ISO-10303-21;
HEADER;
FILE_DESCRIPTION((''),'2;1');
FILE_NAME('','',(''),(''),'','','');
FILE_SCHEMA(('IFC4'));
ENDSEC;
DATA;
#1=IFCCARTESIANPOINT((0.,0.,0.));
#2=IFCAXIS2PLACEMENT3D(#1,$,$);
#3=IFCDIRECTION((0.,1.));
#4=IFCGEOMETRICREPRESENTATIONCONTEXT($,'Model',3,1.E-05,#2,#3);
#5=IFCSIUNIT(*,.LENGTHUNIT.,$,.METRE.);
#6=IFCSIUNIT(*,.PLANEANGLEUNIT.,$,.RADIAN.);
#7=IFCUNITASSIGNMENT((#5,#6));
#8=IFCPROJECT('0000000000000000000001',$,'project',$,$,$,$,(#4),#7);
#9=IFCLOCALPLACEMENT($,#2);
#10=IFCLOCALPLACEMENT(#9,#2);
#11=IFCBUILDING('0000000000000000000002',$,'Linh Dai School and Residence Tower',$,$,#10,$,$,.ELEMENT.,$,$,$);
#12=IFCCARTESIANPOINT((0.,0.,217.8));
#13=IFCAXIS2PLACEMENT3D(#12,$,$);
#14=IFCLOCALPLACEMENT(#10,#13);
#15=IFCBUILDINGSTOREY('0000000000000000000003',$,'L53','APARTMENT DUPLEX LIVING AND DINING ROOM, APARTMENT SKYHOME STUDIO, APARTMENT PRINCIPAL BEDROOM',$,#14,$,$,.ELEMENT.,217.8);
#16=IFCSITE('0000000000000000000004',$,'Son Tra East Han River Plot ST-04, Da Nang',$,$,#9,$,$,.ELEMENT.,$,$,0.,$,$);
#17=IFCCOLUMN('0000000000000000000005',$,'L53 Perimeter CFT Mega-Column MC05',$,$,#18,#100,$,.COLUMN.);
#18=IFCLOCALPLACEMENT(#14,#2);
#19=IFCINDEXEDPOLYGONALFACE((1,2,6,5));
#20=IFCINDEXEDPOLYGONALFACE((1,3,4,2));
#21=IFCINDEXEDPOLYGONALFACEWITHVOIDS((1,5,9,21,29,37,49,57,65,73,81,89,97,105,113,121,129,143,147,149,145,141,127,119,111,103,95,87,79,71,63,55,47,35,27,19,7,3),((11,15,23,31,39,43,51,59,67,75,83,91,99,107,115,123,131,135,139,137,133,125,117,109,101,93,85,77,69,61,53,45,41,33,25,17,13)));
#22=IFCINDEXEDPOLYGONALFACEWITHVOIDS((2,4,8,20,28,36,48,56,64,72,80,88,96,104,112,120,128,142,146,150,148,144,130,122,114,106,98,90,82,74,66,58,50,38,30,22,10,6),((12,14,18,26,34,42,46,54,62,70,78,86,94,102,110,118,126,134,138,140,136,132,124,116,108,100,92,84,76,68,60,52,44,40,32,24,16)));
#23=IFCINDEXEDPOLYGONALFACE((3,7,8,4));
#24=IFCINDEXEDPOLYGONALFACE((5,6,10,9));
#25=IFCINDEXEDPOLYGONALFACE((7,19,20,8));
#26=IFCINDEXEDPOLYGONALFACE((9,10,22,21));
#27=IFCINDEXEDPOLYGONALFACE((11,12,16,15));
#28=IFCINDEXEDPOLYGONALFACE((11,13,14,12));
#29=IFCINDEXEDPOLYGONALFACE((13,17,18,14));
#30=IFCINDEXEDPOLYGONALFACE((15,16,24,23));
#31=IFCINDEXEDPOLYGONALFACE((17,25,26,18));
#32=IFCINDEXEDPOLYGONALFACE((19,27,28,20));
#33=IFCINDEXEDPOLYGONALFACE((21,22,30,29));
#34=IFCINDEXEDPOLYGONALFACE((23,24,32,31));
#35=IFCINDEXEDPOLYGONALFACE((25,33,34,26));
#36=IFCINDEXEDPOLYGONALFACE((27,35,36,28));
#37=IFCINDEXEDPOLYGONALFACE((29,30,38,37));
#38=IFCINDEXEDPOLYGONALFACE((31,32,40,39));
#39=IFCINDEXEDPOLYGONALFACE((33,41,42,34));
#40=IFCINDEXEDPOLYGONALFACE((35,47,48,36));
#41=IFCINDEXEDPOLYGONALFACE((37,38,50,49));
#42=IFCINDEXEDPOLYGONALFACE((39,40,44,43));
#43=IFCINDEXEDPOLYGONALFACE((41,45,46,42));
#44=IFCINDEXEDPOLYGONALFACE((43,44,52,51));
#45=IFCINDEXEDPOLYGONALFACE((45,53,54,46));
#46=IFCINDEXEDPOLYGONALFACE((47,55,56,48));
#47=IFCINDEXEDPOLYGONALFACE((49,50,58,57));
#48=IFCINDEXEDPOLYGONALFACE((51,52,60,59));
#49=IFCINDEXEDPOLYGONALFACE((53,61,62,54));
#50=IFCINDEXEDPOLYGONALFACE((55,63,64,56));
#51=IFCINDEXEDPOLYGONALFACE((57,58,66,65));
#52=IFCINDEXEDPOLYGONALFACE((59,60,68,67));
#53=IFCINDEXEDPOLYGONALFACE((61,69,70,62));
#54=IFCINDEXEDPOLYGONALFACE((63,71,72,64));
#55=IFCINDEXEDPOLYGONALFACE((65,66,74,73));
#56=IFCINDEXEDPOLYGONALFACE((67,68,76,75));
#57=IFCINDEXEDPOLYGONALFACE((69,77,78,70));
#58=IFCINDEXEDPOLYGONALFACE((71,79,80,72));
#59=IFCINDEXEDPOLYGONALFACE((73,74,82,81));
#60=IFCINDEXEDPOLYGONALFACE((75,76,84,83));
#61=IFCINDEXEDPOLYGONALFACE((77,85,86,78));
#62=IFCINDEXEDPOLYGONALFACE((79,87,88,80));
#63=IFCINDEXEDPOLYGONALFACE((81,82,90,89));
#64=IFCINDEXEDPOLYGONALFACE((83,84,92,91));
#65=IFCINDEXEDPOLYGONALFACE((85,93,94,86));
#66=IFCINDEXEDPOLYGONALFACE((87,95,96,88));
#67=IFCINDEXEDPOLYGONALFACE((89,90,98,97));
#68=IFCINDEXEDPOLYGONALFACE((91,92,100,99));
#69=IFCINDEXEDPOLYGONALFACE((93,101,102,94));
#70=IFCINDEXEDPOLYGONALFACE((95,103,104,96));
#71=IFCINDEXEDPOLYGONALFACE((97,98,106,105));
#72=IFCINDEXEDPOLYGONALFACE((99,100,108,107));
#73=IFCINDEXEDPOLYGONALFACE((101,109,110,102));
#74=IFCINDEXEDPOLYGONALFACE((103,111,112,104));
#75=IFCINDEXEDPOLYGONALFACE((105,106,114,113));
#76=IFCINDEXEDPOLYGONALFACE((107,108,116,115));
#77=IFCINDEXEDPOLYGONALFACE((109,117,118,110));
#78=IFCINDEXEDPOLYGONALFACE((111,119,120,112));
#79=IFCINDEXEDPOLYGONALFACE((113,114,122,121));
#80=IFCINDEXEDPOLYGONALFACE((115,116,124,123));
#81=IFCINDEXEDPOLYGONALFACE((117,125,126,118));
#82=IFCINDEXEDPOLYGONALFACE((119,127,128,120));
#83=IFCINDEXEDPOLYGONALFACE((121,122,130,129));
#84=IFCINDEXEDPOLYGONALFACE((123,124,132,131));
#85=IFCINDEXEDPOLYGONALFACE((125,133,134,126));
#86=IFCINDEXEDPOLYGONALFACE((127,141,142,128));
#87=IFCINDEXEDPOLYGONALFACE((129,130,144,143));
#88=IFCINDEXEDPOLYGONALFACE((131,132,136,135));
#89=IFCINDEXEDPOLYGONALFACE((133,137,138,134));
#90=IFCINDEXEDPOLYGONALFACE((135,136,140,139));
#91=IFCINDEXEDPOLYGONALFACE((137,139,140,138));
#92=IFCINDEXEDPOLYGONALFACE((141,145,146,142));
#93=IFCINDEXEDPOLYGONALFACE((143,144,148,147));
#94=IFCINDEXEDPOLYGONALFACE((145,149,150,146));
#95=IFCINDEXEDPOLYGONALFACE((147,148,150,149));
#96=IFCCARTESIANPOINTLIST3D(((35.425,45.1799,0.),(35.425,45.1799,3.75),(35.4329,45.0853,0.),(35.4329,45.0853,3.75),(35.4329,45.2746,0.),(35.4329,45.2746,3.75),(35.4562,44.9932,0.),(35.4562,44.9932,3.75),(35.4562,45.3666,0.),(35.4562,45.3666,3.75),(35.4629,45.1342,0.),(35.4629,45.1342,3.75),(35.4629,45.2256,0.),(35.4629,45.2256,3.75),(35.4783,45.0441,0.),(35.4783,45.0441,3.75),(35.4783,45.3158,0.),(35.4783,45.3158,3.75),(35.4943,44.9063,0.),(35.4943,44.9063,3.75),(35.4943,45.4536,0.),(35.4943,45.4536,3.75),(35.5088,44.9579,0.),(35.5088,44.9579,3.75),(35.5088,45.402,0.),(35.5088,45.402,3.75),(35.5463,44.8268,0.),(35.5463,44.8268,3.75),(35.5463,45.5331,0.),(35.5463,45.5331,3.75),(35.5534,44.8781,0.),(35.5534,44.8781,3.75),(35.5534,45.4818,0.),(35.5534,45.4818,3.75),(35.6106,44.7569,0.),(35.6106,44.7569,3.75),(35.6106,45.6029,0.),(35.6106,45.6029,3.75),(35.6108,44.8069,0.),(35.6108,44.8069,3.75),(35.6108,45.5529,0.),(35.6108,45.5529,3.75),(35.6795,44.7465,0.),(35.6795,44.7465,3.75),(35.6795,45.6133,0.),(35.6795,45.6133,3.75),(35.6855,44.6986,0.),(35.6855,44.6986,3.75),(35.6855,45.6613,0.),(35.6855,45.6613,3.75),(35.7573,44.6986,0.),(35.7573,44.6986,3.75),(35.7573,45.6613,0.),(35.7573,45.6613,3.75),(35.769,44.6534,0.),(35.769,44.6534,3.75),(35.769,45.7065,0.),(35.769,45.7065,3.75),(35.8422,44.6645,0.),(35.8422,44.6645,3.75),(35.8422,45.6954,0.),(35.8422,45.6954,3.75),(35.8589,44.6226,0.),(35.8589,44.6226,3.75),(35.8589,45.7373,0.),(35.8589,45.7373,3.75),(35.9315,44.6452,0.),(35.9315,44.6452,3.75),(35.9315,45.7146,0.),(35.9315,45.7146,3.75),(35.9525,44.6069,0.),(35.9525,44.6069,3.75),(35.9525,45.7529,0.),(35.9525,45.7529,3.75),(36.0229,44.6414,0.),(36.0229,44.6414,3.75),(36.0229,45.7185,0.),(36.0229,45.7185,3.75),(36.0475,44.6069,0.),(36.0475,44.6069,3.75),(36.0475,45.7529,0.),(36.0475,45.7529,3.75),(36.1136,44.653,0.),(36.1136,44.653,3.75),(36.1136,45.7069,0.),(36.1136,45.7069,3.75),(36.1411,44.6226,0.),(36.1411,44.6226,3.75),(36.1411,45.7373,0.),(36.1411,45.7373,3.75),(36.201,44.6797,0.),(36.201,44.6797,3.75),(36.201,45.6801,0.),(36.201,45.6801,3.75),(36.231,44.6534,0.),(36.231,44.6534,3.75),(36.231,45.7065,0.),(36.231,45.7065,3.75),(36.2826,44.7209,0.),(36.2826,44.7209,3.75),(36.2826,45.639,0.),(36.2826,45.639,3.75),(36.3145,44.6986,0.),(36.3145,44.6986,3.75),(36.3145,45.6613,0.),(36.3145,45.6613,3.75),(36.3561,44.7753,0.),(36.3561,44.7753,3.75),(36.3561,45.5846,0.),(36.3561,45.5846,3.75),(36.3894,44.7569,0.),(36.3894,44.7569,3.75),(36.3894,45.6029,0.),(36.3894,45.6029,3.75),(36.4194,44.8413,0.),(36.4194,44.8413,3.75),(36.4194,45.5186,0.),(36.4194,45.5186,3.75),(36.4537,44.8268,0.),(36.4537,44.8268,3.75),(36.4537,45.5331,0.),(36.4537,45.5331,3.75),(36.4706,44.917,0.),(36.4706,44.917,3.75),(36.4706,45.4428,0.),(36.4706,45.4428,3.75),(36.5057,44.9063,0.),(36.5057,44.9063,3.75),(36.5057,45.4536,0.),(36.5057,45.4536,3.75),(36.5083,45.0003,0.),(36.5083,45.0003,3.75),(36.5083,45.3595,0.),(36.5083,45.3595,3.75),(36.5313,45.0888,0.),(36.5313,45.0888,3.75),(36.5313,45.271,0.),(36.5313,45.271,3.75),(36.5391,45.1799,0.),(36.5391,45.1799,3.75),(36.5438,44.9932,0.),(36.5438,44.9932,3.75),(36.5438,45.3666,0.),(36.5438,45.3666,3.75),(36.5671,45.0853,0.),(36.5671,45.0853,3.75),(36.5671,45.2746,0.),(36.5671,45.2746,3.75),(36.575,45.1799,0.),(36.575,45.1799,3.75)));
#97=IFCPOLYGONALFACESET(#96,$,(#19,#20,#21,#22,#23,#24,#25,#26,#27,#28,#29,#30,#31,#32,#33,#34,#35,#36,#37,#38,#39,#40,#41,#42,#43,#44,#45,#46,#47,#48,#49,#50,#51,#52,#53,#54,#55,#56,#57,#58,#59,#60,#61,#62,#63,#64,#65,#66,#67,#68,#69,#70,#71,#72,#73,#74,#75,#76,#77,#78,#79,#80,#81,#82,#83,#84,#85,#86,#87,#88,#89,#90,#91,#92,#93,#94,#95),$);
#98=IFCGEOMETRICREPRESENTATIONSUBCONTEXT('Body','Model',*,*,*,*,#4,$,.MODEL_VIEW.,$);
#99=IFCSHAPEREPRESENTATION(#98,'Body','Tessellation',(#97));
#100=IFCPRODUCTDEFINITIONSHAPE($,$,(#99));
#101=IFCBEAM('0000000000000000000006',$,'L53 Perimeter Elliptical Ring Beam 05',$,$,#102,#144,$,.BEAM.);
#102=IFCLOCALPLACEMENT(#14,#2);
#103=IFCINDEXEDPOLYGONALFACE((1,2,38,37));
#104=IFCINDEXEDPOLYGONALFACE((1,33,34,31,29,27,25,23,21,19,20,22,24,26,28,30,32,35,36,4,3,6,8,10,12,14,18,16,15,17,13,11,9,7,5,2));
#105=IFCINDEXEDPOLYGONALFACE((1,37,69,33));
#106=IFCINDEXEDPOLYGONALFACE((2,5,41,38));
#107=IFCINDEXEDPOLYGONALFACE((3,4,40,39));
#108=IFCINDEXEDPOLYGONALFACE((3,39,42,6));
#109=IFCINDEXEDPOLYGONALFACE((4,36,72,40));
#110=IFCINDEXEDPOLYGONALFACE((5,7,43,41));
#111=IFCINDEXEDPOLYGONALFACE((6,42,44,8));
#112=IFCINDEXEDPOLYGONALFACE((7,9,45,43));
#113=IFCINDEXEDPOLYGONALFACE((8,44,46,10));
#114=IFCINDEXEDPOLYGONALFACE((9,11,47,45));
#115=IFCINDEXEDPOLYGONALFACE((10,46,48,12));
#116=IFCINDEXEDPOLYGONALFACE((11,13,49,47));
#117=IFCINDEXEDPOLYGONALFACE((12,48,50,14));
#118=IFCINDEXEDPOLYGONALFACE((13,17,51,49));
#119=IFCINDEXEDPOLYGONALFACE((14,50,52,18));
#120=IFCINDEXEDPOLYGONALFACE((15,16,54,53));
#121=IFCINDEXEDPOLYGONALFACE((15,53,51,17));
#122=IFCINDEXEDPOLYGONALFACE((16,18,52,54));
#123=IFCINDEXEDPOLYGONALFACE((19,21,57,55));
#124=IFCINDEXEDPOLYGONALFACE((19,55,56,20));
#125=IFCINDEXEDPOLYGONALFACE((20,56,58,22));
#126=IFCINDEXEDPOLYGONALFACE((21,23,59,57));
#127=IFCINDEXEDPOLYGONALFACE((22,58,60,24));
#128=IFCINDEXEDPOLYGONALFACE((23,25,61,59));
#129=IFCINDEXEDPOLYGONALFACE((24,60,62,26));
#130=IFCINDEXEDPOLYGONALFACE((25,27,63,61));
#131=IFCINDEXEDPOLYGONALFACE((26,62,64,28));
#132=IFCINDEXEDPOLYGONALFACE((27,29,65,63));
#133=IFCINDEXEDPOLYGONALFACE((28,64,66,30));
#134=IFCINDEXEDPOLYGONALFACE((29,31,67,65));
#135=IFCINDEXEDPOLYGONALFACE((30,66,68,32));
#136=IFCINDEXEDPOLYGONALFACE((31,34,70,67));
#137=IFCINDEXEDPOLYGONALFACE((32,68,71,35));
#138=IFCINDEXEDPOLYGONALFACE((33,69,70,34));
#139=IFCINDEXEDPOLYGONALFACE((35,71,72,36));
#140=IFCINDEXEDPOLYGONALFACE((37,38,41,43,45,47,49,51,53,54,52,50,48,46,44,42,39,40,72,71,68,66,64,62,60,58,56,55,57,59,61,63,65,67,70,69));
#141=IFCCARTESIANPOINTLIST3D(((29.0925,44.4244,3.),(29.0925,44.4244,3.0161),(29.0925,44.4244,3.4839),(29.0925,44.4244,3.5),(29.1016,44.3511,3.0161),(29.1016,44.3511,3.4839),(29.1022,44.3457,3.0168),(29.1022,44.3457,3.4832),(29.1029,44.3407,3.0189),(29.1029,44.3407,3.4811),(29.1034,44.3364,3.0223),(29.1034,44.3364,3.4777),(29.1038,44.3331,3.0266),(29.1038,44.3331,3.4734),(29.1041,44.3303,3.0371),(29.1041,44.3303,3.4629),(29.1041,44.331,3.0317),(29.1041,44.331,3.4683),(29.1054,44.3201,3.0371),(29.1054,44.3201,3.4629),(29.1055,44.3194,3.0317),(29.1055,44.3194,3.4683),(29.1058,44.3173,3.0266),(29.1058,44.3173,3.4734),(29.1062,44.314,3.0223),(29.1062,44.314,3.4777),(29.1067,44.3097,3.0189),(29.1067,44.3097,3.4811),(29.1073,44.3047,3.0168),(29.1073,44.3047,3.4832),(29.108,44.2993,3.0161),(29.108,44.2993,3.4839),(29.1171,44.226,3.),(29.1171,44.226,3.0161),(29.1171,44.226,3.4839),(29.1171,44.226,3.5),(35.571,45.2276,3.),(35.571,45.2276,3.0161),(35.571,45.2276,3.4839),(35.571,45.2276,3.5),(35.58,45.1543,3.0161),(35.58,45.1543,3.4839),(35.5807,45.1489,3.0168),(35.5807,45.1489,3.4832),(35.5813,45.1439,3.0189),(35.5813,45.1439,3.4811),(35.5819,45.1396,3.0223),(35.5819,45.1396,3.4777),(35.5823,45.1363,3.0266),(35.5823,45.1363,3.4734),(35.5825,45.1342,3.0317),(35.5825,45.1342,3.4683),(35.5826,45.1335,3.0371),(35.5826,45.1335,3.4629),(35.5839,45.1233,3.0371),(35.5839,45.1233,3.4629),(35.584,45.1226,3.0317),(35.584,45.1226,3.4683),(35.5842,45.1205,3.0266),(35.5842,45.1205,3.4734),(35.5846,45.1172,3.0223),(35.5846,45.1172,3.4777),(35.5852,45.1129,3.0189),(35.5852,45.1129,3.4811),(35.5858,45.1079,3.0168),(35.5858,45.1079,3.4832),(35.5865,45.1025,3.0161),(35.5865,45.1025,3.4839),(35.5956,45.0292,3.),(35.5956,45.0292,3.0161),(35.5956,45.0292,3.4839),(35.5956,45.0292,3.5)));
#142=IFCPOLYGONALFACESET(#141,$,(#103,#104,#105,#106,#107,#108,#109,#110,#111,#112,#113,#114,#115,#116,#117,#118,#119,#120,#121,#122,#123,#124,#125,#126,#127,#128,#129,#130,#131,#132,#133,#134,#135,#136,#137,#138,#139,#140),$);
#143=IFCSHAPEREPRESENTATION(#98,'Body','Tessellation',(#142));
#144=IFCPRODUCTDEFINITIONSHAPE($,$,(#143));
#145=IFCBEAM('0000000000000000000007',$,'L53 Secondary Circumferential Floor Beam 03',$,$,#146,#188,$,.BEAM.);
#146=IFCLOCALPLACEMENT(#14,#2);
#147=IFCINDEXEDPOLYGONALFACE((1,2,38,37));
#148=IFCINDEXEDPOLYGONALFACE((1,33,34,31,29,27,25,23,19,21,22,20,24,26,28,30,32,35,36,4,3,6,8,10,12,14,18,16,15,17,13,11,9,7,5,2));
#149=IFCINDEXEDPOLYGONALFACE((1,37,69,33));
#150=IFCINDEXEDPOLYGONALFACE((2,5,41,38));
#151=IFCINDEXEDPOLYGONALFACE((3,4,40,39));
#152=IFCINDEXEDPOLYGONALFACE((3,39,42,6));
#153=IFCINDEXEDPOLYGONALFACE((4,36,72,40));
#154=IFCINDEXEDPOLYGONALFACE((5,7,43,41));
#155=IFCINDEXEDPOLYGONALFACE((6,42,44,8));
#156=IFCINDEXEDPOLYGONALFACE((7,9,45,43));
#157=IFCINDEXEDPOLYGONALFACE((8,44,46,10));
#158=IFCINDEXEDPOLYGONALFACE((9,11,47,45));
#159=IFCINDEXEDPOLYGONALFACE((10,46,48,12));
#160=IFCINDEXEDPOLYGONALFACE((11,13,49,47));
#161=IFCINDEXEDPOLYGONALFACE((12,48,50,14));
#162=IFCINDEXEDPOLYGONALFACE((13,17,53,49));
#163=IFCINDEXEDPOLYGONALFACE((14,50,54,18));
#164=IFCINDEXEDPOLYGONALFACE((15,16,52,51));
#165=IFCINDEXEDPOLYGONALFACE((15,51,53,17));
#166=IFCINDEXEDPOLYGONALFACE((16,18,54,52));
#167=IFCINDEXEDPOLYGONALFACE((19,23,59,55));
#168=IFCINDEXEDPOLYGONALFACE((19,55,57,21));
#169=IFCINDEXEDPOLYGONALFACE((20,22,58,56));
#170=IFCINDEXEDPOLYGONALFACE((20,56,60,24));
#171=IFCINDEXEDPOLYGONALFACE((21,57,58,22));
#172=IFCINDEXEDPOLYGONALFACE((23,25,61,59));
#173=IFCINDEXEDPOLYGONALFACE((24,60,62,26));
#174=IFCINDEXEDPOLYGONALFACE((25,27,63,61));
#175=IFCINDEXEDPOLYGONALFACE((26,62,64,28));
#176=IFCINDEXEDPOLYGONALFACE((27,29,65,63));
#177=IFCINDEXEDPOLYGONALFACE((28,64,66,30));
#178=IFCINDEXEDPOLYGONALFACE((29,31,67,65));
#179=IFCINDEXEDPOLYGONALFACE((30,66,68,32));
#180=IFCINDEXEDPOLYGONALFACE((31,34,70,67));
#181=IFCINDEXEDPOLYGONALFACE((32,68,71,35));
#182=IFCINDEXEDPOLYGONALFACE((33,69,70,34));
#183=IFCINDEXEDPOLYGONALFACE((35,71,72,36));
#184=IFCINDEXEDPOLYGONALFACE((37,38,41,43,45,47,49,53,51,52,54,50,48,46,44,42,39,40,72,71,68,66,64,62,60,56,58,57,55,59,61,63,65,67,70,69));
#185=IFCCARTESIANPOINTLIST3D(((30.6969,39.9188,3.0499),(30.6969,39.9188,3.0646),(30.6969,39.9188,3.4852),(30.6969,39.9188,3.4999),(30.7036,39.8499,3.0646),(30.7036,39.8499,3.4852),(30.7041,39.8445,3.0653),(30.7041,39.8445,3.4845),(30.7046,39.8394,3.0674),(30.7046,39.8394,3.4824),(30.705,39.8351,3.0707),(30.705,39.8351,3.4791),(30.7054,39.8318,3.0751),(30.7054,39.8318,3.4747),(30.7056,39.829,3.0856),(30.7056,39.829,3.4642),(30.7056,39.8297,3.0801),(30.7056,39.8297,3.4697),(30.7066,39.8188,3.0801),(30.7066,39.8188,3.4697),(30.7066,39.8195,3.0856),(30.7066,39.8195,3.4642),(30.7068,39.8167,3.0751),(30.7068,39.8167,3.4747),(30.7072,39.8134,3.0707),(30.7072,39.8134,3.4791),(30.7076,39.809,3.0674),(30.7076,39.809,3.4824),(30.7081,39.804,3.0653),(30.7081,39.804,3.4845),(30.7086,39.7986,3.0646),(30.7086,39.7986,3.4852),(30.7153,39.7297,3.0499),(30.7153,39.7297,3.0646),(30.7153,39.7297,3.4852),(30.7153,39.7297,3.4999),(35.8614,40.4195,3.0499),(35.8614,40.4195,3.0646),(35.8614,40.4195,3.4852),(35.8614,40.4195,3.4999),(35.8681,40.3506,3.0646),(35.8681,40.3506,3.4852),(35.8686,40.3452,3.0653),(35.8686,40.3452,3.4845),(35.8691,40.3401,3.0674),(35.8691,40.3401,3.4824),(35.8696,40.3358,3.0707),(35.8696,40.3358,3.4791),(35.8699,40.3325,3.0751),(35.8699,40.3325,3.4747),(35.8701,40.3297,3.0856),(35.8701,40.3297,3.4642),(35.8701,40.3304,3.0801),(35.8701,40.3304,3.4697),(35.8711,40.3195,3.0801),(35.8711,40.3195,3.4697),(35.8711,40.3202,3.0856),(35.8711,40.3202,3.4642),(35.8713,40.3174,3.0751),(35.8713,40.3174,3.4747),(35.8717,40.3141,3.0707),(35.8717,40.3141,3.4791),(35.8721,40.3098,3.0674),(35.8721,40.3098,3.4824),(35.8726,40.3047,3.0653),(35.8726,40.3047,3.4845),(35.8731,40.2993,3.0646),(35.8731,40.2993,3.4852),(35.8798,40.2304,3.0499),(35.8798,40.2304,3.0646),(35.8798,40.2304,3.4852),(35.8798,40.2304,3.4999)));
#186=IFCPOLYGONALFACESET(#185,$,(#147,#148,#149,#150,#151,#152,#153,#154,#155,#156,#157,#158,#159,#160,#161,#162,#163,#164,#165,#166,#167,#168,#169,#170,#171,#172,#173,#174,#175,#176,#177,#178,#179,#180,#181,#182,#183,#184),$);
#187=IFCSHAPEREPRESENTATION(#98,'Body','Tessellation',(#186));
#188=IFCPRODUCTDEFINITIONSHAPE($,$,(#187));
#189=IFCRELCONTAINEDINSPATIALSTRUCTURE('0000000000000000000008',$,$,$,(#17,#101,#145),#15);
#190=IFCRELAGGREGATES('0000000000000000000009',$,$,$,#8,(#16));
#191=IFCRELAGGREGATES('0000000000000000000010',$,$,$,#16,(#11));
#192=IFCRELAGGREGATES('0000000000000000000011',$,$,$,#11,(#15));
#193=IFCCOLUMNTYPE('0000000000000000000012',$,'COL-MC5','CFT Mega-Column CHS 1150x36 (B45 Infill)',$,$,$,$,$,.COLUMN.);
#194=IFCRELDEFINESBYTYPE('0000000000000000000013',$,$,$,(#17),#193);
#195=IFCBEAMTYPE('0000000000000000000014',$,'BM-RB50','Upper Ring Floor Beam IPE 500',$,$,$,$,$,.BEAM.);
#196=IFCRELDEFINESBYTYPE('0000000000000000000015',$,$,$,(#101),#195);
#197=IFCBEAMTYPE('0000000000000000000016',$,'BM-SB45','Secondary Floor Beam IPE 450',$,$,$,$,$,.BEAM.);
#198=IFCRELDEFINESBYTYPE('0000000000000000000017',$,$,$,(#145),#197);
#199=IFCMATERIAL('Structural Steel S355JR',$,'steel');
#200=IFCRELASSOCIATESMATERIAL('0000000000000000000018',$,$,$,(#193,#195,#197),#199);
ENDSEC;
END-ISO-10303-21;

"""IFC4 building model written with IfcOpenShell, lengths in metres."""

from ifc_helpers import new_model, si_unit, direction, frame, origin, origin_2d, place, context, subcontext, project, spatial, hollow_circle, i_section, extrude, material, material_profile, profile_set, type_object, element, save


model = new_model("IFC4")

# Units and contexts
model_context = context("Model", 3, precision=1e-05, world=origin(), true_north=direction((0.0, 1.0)))
body_context = subcontext(model_context, "Body", "Model", "MODEL_VIEW")
ifc_project = project(units=[si_unit("LENGTHUNIT", "METRE"), si_unit("PLANEANGLEUNIT", "RADIAN")], contexts=[model_context])

# Site, building, storey
site_placement = place(None, origin())
site = spatial("IfcSite", under=ifc_project, at=site_placement, Name="Son Tra East Han River Plot ST-04, Da Nang", CompositionType="ELEMENT", RefElevation=0.0)
building_placement = place(site_placement, origin())
building = spatial("IfcBuilding", under=site, at=building_placement, Name="Linh Dai School and Residence Tower", CompositionType="ELEMENT")
storey_placement = place(building_placement, frame((0.0, 0.0, 217.8)))
storey = spatial("IfcBuildingStorey", under=building, at=storey_placement, Name="L53", Description="APARTMENT DUPLEX LIVING AND DINING ROOM, APARTMENT SKYHOME STUDIO, APARTMENT PRINCIPAL BEDROOM", CompositionType="ELEMENT", Elevation=217.8)

# Column
ifc_material_1 = material(Name="Structural Steel S355JR", Category="steel")
ifc_material_profile_1 = material_profile(ifc_material_1, hollow_circle(Radius=0.575, WallThickness=0.0359, at=origin_2d()), Name="CHS 1150x36")
ifc_profile_set_1 = profile_set([ifc_material_profile_1], Name="Structural Steel S355JR")
column_type = type_object("IfcColumnType", Name="COL-MC5", Description="CFT Mega-Column CHS 1150x36 (B45 Infill)", PredefinedType="COLUMN", material=ifc_profile_set_1)
column_placement = place(storey_placement, frame((36.0, 45.1799, 0.0), z_axis=(0.0, 0.0, 1.0), x_axis=(1.0, 0.0, 0.0)))
element("IfcColumn", 1, at=column_placement, inside=storey, type_object=column_type, Name="L53 Perimeter CFT Mega-Column MC05", PredefinedType="COLUMN", context=body_context, shape_type="SweptSolid", body=[
    extrude(hollow_circle(Radius=0.575, WallThickness=0.0359, at=origin_2d()), origin(), (0.0, 0.0, 1.0), 3.75),
])

# Beams
ifc_material_profile_2 = material_profile(ifc_material_1, i_section(OverallWidth=0.2, OverallDepth=0.5, WebThickness=0.0103, FlangeThickness=0.0161, FilletRadius=0.021, at=origin_2d()), Name="IPE 500")
ifc_profile_set_2 = profile_set([ifc_material_profile_2], Name="Structural Steel S355JR")
beam_type_1 = type_object("IfcBeamType", Name="BM-RB50", Description="Upper Ring Floor Beam IPE 500", PredefinedType="BEAM", material=ifc_profile_set_2)
beam_1_placement = place(storey_placement, frame((35.5833, 45.1284, 3.25), z_axis=(-0.992402, -0.12304, 0.0), x_axis=(0.12304, -0.992402, 0.0)))
element("IfcBeam", 2, at=beam_1_placement, inside=storey, type_object=beam_type_1, Name="L53 Perimeter Elliptical Ring Beam 05", PredefinedType="BEAM", context=body_context, shape_type="SweptSolid", body=[
    extrude(i_section(OverallWidth=0.2, OverallDepth=0.5, WebThickness=0.0103, FlangeThickness=0.0161, FilletRadius=0.021, at=origin_2d()), origin(), (0.0, 0.0, 1.0), 6.5281),
])
ifc_material_profile_3 = material_profile(ifc_material_1, i_section(OverallWidth=0.1899, OverallDepth=0.45, WebThickness=0.0095, FlangeThickness=0.0146, FilletRadius=0.021, at=origin_2d()), Name="IPE 450")
ifc_profile_set_3 = profile_set([ifc_material_profile_3], Name="Structural Steel S355JR")
beam_type_2 = type_object("IfcBeamType", Name="BM-SB45", Description="Secondary Floor Beam IPE 450", PredefinedType="BEAM", material=ifc_profile_set_3)
beam_2_placement = place(storey_placement, frame((35.8706, 40.325, 3.2749), z_axis=(-0.995333, -0.096503, 0.0), x_axis=(0.096503, -0.995333, 0.0)))
element("IfcBeam", 3, at=beam_2_placement, inside=storey, type_object=beam_type_2, Name="L53 Secondary Circumferential Floor Beam 03", PredefinedType="BEAM", context=body_context, shape_type="SweptSolid", body=[
    extrude(i_section(OverallWidth=0.1899, OverallDepth=0.45, WebThickness=0.0095, FlangeThickness=0.0146, FilletRadius=0.021, at=origin_2d()), origin(), (0.0, 0.0, 1.0), 5.1887),
])

save(model, "model.ifc")
